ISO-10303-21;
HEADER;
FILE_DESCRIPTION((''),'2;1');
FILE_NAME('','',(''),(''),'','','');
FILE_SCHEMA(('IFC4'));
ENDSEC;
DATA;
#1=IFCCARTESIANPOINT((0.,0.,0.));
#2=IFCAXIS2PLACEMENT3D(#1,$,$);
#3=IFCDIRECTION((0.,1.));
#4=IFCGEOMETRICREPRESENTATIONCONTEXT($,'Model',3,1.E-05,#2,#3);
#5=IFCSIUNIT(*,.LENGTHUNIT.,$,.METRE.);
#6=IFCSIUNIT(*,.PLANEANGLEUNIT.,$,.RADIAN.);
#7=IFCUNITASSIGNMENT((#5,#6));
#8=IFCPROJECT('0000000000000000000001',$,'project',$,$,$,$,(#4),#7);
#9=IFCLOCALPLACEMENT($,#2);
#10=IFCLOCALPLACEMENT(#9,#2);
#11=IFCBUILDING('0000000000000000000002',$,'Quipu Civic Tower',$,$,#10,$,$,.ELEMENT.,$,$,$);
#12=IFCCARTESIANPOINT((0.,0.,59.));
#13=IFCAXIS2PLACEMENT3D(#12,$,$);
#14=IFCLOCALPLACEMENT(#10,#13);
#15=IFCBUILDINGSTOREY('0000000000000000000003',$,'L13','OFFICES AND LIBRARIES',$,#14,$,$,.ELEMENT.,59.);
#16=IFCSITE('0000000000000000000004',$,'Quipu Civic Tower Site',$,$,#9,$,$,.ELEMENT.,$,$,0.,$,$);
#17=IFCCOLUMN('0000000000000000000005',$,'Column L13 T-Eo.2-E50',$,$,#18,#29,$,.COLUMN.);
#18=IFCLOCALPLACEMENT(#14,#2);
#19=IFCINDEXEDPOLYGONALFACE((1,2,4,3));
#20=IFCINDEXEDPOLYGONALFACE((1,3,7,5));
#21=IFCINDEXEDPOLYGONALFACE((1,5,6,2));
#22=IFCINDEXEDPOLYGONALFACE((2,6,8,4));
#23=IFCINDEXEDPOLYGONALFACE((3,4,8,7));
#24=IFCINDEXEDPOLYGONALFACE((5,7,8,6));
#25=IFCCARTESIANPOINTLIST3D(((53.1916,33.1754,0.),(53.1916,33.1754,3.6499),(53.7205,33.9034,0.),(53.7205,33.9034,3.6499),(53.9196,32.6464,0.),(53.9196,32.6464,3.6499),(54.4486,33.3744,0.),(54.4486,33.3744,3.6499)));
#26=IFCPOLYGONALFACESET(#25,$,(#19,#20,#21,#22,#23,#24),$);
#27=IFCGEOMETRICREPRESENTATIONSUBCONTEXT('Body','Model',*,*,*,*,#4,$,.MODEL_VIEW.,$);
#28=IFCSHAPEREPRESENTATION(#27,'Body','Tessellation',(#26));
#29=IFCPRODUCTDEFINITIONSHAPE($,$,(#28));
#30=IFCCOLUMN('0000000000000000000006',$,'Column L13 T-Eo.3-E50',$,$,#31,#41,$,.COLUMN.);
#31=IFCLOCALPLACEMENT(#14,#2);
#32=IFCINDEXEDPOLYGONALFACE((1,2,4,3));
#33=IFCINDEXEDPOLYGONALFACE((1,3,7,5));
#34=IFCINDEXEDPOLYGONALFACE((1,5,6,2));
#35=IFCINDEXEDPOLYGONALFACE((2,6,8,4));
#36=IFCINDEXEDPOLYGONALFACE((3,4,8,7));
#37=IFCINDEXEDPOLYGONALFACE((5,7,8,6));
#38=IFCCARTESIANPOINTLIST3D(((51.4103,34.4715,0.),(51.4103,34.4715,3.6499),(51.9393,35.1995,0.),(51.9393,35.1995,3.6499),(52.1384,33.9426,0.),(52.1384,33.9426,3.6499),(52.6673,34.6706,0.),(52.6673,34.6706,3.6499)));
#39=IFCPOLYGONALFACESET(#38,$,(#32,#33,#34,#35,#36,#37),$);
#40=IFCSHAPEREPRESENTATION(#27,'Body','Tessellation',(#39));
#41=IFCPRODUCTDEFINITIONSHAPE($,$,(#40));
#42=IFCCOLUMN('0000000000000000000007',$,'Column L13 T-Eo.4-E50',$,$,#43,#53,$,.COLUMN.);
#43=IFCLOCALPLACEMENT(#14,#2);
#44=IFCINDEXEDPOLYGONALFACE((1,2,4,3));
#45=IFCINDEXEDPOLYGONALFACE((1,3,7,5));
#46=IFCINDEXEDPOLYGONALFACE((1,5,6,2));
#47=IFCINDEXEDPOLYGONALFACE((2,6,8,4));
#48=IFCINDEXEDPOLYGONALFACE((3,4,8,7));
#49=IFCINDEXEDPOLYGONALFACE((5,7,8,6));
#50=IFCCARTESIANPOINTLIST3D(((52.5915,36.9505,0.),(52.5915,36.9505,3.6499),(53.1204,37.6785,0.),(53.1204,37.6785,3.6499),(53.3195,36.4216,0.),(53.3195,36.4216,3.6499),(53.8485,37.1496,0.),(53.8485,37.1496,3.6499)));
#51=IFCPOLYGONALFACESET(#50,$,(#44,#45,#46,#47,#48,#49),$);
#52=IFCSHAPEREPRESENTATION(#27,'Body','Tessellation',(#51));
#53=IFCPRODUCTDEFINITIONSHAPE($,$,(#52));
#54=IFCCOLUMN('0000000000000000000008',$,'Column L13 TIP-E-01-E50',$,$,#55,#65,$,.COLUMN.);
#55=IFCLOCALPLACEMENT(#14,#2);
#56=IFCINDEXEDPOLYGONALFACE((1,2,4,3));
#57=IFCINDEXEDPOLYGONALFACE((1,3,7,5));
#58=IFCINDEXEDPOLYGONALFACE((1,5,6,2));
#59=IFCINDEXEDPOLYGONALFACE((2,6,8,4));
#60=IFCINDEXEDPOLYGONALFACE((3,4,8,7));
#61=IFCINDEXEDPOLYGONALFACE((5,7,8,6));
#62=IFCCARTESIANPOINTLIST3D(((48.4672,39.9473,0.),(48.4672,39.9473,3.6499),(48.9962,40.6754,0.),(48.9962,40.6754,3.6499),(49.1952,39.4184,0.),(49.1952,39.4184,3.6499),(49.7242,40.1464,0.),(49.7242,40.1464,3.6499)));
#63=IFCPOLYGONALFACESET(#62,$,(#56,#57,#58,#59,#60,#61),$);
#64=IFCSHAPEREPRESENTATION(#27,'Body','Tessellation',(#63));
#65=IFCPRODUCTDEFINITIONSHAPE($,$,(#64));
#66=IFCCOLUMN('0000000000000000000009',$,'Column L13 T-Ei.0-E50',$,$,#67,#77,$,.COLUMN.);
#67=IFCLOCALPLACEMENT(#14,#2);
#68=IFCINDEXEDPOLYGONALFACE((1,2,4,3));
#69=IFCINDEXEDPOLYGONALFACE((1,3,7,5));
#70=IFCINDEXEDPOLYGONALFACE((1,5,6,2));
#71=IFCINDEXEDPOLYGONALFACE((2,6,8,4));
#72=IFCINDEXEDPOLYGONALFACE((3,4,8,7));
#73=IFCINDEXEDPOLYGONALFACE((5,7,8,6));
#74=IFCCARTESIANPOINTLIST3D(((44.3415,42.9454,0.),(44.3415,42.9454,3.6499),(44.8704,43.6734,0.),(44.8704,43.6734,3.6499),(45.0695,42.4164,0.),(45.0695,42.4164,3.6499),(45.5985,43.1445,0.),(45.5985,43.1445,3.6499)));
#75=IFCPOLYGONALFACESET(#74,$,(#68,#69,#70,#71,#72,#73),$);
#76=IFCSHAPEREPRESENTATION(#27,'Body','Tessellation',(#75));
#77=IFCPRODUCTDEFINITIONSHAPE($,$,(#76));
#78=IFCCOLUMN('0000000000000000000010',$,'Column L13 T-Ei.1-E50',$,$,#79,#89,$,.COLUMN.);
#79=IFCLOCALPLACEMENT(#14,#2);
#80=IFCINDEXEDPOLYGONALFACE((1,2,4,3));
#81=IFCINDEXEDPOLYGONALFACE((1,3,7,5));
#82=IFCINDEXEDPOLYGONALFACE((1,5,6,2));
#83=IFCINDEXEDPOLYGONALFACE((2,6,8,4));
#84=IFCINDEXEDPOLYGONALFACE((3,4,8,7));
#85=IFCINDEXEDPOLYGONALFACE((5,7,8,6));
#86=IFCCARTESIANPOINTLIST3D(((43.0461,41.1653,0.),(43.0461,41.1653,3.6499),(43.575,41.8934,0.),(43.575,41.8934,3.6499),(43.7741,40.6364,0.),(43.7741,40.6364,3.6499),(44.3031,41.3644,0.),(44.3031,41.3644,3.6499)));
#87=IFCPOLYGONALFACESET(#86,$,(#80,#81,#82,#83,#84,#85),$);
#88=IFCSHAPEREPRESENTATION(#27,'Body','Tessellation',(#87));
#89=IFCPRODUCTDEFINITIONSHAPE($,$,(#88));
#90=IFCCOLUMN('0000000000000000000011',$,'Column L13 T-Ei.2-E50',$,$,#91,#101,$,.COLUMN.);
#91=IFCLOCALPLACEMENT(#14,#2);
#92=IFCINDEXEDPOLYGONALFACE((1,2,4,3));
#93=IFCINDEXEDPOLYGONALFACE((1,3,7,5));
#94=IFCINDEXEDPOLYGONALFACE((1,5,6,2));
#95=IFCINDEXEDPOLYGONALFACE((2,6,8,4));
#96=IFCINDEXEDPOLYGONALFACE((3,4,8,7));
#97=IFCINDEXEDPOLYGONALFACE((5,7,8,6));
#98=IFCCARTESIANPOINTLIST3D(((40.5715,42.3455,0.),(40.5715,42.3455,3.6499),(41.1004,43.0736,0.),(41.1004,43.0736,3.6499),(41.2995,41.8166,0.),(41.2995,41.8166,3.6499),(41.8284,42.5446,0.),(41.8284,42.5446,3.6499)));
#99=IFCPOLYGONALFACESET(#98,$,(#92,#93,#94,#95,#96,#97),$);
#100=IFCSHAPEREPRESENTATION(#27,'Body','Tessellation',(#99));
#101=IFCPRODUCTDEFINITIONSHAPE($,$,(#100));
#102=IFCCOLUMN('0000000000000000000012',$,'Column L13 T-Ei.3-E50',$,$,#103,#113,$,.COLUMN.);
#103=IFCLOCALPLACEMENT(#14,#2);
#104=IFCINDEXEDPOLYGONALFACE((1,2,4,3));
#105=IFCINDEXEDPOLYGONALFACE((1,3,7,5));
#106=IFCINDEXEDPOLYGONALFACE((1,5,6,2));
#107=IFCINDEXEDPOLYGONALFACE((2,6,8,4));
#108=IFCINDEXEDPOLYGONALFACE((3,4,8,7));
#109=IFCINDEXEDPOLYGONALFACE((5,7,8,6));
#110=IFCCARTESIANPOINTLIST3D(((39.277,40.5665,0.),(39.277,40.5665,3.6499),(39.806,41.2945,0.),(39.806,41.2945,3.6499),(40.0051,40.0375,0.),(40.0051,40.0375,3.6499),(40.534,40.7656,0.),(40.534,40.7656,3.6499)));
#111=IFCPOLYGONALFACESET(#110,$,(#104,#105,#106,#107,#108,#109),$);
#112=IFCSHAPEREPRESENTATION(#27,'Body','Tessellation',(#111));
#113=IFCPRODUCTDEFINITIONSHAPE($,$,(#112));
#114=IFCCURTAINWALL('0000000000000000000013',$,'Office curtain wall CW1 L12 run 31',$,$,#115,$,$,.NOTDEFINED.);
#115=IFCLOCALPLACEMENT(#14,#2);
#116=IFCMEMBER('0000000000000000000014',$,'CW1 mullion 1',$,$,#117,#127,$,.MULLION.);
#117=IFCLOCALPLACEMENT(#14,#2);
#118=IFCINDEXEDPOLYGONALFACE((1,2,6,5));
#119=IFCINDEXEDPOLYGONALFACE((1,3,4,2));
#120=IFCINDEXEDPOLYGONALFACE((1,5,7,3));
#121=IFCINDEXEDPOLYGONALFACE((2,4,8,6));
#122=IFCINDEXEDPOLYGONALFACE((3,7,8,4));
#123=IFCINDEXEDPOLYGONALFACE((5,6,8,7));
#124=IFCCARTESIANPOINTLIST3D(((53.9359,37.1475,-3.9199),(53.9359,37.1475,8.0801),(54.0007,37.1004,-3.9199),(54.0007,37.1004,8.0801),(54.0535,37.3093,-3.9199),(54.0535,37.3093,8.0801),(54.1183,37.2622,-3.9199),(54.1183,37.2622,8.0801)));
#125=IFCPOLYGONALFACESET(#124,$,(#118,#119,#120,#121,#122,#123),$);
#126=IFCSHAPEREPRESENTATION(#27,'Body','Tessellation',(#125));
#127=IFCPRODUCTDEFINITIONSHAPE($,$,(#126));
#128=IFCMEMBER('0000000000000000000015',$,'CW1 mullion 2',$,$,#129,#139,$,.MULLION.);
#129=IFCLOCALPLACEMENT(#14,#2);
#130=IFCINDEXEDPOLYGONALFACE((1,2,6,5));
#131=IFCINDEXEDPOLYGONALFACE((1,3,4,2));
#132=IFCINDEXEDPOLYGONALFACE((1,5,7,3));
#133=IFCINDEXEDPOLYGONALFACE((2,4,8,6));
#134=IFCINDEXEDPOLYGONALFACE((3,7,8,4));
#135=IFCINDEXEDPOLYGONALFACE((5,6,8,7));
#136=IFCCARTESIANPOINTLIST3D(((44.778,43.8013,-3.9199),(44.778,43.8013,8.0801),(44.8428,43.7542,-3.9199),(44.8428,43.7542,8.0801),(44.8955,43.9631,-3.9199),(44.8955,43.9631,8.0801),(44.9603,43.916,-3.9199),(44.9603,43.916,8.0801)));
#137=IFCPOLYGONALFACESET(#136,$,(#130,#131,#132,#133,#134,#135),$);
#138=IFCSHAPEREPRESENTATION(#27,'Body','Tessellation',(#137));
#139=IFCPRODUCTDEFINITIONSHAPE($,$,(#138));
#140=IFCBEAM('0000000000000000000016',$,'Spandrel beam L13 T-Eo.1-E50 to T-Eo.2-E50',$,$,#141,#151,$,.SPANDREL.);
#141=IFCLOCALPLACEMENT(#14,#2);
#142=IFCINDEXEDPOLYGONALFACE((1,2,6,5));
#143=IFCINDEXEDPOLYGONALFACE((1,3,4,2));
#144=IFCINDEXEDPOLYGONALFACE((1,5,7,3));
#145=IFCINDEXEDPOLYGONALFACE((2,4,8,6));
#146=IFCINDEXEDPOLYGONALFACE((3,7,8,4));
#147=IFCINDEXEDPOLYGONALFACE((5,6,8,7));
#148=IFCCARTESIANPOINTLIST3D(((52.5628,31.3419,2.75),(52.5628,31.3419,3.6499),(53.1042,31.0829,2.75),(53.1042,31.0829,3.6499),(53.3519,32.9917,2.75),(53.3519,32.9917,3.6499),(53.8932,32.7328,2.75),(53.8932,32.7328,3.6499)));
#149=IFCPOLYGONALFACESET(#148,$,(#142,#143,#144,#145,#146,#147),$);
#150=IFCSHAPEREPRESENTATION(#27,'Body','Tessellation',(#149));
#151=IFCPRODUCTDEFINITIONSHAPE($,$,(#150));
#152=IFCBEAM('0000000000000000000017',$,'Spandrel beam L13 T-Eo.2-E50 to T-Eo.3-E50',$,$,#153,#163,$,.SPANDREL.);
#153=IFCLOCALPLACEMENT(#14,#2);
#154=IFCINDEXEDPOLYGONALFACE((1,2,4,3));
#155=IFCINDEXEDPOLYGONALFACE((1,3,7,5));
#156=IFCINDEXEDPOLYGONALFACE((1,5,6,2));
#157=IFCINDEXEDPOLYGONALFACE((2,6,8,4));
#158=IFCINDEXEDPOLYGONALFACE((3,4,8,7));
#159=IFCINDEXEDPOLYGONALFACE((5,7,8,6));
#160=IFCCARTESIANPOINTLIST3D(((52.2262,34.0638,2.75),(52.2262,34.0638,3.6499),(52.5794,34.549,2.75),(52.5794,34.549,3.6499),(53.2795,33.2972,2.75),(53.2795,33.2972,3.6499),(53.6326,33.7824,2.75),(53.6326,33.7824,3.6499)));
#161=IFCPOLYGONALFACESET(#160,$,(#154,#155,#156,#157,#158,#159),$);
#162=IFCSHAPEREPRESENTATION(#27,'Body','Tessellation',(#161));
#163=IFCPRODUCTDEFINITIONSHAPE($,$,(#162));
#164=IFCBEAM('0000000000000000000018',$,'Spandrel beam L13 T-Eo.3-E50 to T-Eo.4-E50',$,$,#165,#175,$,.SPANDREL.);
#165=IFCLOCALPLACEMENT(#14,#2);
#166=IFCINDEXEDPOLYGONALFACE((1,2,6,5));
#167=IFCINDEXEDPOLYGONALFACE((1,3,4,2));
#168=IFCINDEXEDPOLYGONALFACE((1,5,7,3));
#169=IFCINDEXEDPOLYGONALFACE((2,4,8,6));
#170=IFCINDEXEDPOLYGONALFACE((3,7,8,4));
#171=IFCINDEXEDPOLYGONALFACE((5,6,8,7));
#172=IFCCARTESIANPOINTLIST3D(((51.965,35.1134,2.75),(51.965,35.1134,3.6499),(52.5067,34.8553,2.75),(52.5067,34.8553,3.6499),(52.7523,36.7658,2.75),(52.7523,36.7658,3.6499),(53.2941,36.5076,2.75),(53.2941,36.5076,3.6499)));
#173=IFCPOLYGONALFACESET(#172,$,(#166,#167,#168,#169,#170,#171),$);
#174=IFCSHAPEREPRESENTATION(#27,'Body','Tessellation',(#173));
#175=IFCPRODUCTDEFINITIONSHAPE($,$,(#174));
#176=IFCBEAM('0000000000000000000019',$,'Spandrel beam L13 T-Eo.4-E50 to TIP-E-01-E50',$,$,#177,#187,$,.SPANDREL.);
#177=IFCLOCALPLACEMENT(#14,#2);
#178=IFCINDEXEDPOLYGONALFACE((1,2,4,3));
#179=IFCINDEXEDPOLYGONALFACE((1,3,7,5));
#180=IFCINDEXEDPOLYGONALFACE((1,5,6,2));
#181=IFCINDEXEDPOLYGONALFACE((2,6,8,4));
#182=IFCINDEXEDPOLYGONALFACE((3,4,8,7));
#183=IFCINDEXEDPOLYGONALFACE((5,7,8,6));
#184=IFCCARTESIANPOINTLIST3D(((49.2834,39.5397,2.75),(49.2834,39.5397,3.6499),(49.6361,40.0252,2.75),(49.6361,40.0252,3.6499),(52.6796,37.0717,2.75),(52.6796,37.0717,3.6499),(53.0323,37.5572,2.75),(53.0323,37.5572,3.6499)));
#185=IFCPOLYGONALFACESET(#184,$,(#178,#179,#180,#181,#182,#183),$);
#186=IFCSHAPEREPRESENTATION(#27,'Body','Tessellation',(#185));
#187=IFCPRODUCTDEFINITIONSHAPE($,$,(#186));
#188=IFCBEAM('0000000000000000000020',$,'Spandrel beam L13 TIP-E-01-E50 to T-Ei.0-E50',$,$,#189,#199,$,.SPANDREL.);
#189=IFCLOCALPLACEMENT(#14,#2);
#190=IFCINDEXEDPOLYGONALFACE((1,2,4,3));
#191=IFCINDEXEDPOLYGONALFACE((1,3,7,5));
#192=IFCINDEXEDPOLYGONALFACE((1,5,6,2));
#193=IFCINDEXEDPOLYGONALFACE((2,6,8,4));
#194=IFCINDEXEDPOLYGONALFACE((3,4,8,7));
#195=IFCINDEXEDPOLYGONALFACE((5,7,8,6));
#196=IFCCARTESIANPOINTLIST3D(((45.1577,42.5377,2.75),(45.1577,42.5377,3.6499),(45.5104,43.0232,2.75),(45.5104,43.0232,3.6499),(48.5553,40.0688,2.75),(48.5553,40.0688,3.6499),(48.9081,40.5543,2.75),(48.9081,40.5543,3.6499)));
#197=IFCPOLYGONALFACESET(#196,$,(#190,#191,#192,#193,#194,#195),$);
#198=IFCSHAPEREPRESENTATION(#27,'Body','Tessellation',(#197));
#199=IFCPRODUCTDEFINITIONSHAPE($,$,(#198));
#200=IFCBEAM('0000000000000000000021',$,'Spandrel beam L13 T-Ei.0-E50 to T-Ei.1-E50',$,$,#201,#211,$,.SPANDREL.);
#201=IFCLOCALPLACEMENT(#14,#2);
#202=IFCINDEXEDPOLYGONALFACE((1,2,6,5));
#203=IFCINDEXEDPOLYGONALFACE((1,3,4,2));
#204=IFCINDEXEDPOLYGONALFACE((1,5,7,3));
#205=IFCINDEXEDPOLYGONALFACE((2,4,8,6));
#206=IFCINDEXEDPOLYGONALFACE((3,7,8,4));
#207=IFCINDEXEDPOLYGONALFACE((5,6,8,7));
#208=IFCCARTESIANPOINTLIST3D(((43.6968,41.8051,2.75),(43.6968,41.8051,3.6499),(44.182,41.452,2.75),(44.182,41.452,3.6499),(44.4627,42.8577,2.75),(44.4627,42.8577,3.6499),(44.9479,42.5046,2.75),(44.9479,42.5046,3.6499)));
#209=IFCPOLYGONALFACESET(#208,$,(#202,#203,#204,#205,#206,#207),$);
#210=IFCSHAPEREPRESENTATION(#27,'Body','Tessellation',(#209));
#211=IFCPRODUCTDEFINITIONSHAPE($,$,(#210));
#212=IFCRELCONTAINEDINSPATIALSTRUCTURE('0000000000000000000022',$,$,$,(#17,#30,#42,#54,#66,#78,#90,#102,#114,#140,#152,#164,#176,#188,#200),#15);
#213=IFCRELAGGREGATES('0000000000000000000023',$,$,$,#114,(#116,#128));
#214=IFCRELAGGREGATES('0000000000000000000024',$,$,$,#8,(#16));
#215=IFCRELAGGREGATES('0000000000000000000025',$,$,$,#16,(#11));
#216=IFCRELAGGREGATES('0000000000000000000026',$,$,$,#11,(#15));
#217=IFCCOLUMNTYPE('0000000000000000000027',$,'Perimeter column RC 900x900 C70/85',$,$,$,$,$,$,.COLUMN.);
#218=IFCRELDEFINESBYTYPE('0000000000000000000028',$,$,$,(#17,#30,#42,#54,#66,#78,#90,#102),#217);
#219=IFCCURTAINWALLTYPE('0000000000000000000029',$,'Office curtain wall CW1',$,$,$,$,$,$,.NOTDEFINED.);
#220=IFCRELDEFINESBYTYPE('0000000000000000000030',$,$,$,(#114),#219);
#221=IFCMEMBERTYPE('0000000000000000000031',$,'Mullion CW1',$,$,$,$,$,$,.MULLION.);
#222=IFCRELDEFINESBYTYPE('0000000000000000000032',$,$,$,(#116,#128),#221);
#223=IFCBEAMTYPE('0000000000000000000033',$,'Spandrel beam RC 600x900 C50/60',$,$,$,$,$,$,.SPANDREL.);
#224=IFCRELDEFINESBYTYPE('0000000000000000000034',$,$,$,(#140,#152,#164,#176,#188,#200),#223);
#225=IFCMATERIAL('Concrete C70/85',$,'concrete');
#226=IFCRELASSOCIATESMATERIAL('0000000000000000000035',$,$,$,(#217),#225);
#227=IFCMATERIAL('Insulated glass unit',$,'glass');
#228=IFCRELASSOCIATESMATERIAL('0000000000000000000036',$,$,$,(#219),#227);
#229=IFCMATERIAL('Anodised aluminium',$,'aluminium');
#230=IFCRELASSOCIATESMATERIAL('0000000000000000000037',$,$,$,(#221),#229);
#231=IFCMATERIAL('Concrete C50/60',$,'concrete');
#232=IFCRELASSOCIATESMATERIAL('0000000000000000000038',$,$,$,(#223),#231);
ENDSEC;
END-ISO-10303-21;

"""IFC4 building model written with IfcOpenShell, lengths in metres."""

from ifc_helpers import new_model, si_unit, direction, frame, origin, origin_2d, place, context, subcontext, project, spatial, rectangle, extrude, material, material_profile, profile_set, type_object, element, aggregate, save


model = new_model("IFC4")

# Units and contexts
model_context = context("Model", 3, precision=1e-05, world=origin(), true_north=direction((0.0, 1.0)))
body_context = subcontext(model_context, "Body", "Model", "MODEL_VIEW")
ifc_project = project(units=[si_unit("LENGTHUNIT", "METRE"), si_unit("PLANEANGLEUNIT", "RADIAN")], contexts=[model_context])

# Site, building, storey
site_placement = place(None, origin())
site = spatial("IfcSite", under=ifc_project, at=site_placement, Name="Quipu Civic Tower Site", CompositionType="ELEMENT", RefElevation=0.0)
building_placement = place(site_placement, origin())
building = spatial("IfcBuilding", under=site, at=building_placement, Name="Quipu Civic Tower", CompositionType="ELEMENT")
storey_placement = place(building_placement, frame((0.0, 0.0, 59.0)))
storey = spatial("IfcBuildingStorey", under=building, at=storey_placement, Name="L13", Description="OFFICES AND LIBRARIES", CompositionType="ELEMENT", Elevation=59.0)

# Columns
ifc_material_1 = material(Name="Concrete C70/85", Category="concrete")
ifc_material_profile_1 = material_profile(ifc_material_1, rectangle(XDim=0.8999, YDim=0.8999, at=origin_2d()), Name="RC900x900")
ifc_profile_set_1 = profile_set([ifc_material_profile_1], Name="Concrete C70/85")
column_type = type_object("IfcColumnType", Name="Perimeter column RC 900x900 C70/85", PredefinedType="COLUMN", material=ifc_profile_set_1)
for number, where, z_axis, x_axis, name in (
    (1, (53.8201, 33.2749, 0.0), (0.0, 0.0, 1.0), (-0.809017, 0.587785, 0.0), "Column L13 T-Eo.2-E50"),
    (2, (52.0388, 34.571, 0.0), (0.0, 0.0, 1.0), (0.587785, 0.809017, 0.0), "Column L13 T-Eo.3-E50"),
    (3, (53.22, 37.05, 0.0), (0.0, 0.0, 1.0), (-0.809017, 0.587785, 0.0), "Column L13 T-Eo.4-E50"),
    (4, (49.0957, 40.0469, 0.0), (0.0, 0.0, 1.0), (-0.809017, 0.587785, 0.0), "Column L13 TIP-E-01-E50"),
    (5, (44.97, 43.0449, 0.0), (0.0, 0.0, 1.0), (-0.809017, 0.587785, 0.0), "Column L13 T-Ei.0-E50"),
    (6, (43.6746, 41.2649, 0.0), (0.0, 0.0, 1.0), (-0.809017, 0.587785, 0.0), "Column L13 T-Ei.1-E50"),
    (7, (41.2, 42.4451, 0.0), (0.0, 0.0, 1.0), (-0.587785, -0.809017, 0.0), "Column L13 T-Ei.2-E50"),
    (8, (39.9055, 40.666, 0.0), (0.0, 0.0, 1.0), (-0.587785, -0.809017, 0.0), "Column L13 T-Ei.3-E50"),
):
    element("IfcColumn", number, at=place(storey_placement, frame(where, z_axis=z_axis, x_axis=x_axis)), inside=storey, type_object=column_type, Name=name, PredefinedType="COLUMN", context=body_context, shape_type="SweptSolid", body=[
        extrude(rectangle(XDim=0.8999, YDim=0.8999, at=origin_2d()), origin(), (0.0, 0.0, 1.0), 3.6499),
    ])

# Curtain wall, members
ifc_material_2 = material(Name="Insulated glass unit", Category="glass")
curtain_wall_type = type_object("IfcCurtainWallType", Name="Office curtain wall CW1", PredefinedType="NOTDEFINED", material=ifc_material_2)
curtain_wall_placement = place(storey_placement, origin())
curtain_wall = element("IfcCurtainWall", 9, at=curtain_wall_placement, inside=storey, type_object=curtain_wall_type, Name="Office curtain wall CW1 L12 run 31", PredefinedType="NOTDEFINED")
ifc_material_3 = material(Name="Anodised aluminium", Category="aluminium")
ifc_material_profile_2 = material_profile(ifc_material_3, rectangle(XDim=0.2, YDim=0.0801, at=origin_2d()), Name="RECT 200x80")
ifc_profile_set_2 = profile_set([ifc_material_profile_2], Name="Anodised aluminium")
member_type_1 = type_object("IfcMemberType", Name="Mullion CW1", PredefinedType="MULLION", material=ifc_profile_set_2)
member_1_placement = place(storey_placement, frame((54.0271, 37.2048, -3.9199), z_axis=(0.0, 0.0, 1.0), x_axis=(-0.587782, -0.809019, 0.0)))
member_1 = element("IfcMember", 10, at=member_1_placement, type_object=member_type_1, Name="CW1 mullion 1", PredefinedType="MULLION", context=body_context, shape_type="SweptSolid", body=[
    extrude(rectangle(XDim=0.2, YDim=0.0801, at=origin_2d()), origin(), (0.0, 0.0, 1.0), 12.0),
])
member_2_placement = place(storey_placement, frame((44.8691, 43.8586, -3.9199), z_axis=(0.0, 0.0, 1.0), x_axis=(-0.587782, -0.809019, 0.0)))
member_2 = element("IfcMember", 11, at=member_2_placement, type_object=member_type_1, Name="CW1 mullion 2", PredefinedType="MULLION", context=body_context, shape_type="SweptSolid", body=[
    extrude(rectangle(XDim=0.2, YDim=0.0801, at=origin_2d()), origin(), (0.0, 0.0, 1.0), 12.0),
])

# Beams
ifc_material_4 = material(Name="Concrete C50/60", Category="concrete")
ifc_material_profile_3 = material_profile(ifc_material_4, rectangle(XDim=0.6001, YDim=0.8999, at=origin_2d()), Name="RC600x900")
ifc_profile_set_3 = profile_set([ifc_material_profile_3], Name="Concrete C50/60")
beam_type = type_object("IfcBeamType", Name="Spandrel beam RC 600x900 C50/60", PredefinedType="SPANDREL", material=ifc_profile_set_3)
beam_1_placement = place(storey_placement, frame((52.8335, 31.2124, 3.2), z_axis=(0.431446, 0.902139, 0.0), x_axis=(-0.902139, 0.431446, 0.0)))
element("IfcBeam", 12, at=beam_1_placement, inside=storey, type_object=beam_type, Name="Spandrel beam L13 T-Eo.1-E50 to T-Eo.2-E50", PredefinedType="SPANDREL", context=body_context, shape_type="SweptSolid", body=[
    extrude(rectangle(XDim=0.6001, YDim=0.8999, at=origin_2d()), origin(), (0.0, 0.0, 1.0), 1.8289),
])
beam_2_placement = place(storey_placement, frame((53.4561, 33.5398, 3.2), z_axis=(-0.808509, 0.588484, 0.0), x_axis=(-0.588484, -0.808509, 0.0)))
element("IfcBeam", 13, at=beam_2_placement, inside=storey, type_object=beam_type, Name="Spandrel beam L13 T-Eo.2-E50 to T-Eo.3-E50", PredefinedType="SPANDREL", context=body_context, shape_type="SweptSolid", body=[
    extrude(rectangle(XDim=0.6001, YDim=0.8999, at=origin_2d()), origin(), (0.0, 0.0, 1.0), 1.3027),
])
beam_3_placement = place(storey_placement, frame((52.2358, 34.9844, 3.2), z_axis=(0.430167, 0.90275, 0.0), x_axis=(-0.90275, 0.430167, 0.0)))
element("IfcBeam", 14, at=beam_3_placement, inside=storey, type_object=beam_type, Name="Spandrel beam L13 T-Eo.3-E50 to T-Eo.4-E50", PredefinedType="SPANDREL", context=body_context, shape_type="SweptSolid", body=[
    extrude(rectangle(XDim=0.6001, YDim=0.8999, at=origin_2d()), origin(), (0.0, 0.0, 1.0), 1.8303),
])
beam_4_placement = place(storey_placement, frame((52.856, 37.3145, 3.2), z_axis=(-0.80896, 0.587864, 0.0), x_axis=(-0.587864, -0.80896, 0.0)))
element("IfcBeam", 15, at=beam_4_placement, inside=storey, type_object=beam_type, Name="Spandrel beam L13 T-Eo.4-E50 to TIP-E-01-E50", PredefinedType="SPANDREL", context=body_context, shape_type="SweptSolid", body=[
    extrude(rectangle(XDim=0.6001, YDim=0.8999, at=origin_2d()), origin(), (0.0, 0.0, 1.0), 4.1982),
])
beam_5_placement = place(storey_placement, frame((48.7317, 40.3115, 3.2), z_axis=(-0.80897, 0.58785, 0.0), x_axis=(-0.58785, -0.80897, 0.0)))
element("IfcBeam", 16, at=beam_5_placement, inside=storey, type_object=beam_type, Name="Spandrel beam L13 TIP-E-01-E50 to T-Ei.0-E50", PredefinedType="SPANDREL", context=body_context, shape_type="SweptSolid", body=[
    extrude(rectangle(XDim=0.6001, YDim=0.8999, at=origin_2d()), origin(), (0.0, 0.0, 1.0), 4.2),
])
beam_6_placement = place(storey_placement, frame((44.7053, 42.6812, 3.2), z_axis=(-0.588384, -0.808582, 0.0), x_axis=(0.808582, -0.588384, 0.0)))
element("IfcBeam", 17, at=beam_6_placement, inside=storey, type_object=beam_type, Name="Spandrel beam L13 T-Ei.0-E50 to T-Ei.1-E50", PredefinedType="SPANDREL", context=body_context, shape_type="SweptSolid", body=[
    extrude(rectangle(XDim=0.6001, YDim=0.8999, at=origin_2d()), origin(), (0.0, 0.0, 1.0), 1.3018),
])

aggregate(curtain_wall, [member_1, member_2])

save(model, "model.ifc")
